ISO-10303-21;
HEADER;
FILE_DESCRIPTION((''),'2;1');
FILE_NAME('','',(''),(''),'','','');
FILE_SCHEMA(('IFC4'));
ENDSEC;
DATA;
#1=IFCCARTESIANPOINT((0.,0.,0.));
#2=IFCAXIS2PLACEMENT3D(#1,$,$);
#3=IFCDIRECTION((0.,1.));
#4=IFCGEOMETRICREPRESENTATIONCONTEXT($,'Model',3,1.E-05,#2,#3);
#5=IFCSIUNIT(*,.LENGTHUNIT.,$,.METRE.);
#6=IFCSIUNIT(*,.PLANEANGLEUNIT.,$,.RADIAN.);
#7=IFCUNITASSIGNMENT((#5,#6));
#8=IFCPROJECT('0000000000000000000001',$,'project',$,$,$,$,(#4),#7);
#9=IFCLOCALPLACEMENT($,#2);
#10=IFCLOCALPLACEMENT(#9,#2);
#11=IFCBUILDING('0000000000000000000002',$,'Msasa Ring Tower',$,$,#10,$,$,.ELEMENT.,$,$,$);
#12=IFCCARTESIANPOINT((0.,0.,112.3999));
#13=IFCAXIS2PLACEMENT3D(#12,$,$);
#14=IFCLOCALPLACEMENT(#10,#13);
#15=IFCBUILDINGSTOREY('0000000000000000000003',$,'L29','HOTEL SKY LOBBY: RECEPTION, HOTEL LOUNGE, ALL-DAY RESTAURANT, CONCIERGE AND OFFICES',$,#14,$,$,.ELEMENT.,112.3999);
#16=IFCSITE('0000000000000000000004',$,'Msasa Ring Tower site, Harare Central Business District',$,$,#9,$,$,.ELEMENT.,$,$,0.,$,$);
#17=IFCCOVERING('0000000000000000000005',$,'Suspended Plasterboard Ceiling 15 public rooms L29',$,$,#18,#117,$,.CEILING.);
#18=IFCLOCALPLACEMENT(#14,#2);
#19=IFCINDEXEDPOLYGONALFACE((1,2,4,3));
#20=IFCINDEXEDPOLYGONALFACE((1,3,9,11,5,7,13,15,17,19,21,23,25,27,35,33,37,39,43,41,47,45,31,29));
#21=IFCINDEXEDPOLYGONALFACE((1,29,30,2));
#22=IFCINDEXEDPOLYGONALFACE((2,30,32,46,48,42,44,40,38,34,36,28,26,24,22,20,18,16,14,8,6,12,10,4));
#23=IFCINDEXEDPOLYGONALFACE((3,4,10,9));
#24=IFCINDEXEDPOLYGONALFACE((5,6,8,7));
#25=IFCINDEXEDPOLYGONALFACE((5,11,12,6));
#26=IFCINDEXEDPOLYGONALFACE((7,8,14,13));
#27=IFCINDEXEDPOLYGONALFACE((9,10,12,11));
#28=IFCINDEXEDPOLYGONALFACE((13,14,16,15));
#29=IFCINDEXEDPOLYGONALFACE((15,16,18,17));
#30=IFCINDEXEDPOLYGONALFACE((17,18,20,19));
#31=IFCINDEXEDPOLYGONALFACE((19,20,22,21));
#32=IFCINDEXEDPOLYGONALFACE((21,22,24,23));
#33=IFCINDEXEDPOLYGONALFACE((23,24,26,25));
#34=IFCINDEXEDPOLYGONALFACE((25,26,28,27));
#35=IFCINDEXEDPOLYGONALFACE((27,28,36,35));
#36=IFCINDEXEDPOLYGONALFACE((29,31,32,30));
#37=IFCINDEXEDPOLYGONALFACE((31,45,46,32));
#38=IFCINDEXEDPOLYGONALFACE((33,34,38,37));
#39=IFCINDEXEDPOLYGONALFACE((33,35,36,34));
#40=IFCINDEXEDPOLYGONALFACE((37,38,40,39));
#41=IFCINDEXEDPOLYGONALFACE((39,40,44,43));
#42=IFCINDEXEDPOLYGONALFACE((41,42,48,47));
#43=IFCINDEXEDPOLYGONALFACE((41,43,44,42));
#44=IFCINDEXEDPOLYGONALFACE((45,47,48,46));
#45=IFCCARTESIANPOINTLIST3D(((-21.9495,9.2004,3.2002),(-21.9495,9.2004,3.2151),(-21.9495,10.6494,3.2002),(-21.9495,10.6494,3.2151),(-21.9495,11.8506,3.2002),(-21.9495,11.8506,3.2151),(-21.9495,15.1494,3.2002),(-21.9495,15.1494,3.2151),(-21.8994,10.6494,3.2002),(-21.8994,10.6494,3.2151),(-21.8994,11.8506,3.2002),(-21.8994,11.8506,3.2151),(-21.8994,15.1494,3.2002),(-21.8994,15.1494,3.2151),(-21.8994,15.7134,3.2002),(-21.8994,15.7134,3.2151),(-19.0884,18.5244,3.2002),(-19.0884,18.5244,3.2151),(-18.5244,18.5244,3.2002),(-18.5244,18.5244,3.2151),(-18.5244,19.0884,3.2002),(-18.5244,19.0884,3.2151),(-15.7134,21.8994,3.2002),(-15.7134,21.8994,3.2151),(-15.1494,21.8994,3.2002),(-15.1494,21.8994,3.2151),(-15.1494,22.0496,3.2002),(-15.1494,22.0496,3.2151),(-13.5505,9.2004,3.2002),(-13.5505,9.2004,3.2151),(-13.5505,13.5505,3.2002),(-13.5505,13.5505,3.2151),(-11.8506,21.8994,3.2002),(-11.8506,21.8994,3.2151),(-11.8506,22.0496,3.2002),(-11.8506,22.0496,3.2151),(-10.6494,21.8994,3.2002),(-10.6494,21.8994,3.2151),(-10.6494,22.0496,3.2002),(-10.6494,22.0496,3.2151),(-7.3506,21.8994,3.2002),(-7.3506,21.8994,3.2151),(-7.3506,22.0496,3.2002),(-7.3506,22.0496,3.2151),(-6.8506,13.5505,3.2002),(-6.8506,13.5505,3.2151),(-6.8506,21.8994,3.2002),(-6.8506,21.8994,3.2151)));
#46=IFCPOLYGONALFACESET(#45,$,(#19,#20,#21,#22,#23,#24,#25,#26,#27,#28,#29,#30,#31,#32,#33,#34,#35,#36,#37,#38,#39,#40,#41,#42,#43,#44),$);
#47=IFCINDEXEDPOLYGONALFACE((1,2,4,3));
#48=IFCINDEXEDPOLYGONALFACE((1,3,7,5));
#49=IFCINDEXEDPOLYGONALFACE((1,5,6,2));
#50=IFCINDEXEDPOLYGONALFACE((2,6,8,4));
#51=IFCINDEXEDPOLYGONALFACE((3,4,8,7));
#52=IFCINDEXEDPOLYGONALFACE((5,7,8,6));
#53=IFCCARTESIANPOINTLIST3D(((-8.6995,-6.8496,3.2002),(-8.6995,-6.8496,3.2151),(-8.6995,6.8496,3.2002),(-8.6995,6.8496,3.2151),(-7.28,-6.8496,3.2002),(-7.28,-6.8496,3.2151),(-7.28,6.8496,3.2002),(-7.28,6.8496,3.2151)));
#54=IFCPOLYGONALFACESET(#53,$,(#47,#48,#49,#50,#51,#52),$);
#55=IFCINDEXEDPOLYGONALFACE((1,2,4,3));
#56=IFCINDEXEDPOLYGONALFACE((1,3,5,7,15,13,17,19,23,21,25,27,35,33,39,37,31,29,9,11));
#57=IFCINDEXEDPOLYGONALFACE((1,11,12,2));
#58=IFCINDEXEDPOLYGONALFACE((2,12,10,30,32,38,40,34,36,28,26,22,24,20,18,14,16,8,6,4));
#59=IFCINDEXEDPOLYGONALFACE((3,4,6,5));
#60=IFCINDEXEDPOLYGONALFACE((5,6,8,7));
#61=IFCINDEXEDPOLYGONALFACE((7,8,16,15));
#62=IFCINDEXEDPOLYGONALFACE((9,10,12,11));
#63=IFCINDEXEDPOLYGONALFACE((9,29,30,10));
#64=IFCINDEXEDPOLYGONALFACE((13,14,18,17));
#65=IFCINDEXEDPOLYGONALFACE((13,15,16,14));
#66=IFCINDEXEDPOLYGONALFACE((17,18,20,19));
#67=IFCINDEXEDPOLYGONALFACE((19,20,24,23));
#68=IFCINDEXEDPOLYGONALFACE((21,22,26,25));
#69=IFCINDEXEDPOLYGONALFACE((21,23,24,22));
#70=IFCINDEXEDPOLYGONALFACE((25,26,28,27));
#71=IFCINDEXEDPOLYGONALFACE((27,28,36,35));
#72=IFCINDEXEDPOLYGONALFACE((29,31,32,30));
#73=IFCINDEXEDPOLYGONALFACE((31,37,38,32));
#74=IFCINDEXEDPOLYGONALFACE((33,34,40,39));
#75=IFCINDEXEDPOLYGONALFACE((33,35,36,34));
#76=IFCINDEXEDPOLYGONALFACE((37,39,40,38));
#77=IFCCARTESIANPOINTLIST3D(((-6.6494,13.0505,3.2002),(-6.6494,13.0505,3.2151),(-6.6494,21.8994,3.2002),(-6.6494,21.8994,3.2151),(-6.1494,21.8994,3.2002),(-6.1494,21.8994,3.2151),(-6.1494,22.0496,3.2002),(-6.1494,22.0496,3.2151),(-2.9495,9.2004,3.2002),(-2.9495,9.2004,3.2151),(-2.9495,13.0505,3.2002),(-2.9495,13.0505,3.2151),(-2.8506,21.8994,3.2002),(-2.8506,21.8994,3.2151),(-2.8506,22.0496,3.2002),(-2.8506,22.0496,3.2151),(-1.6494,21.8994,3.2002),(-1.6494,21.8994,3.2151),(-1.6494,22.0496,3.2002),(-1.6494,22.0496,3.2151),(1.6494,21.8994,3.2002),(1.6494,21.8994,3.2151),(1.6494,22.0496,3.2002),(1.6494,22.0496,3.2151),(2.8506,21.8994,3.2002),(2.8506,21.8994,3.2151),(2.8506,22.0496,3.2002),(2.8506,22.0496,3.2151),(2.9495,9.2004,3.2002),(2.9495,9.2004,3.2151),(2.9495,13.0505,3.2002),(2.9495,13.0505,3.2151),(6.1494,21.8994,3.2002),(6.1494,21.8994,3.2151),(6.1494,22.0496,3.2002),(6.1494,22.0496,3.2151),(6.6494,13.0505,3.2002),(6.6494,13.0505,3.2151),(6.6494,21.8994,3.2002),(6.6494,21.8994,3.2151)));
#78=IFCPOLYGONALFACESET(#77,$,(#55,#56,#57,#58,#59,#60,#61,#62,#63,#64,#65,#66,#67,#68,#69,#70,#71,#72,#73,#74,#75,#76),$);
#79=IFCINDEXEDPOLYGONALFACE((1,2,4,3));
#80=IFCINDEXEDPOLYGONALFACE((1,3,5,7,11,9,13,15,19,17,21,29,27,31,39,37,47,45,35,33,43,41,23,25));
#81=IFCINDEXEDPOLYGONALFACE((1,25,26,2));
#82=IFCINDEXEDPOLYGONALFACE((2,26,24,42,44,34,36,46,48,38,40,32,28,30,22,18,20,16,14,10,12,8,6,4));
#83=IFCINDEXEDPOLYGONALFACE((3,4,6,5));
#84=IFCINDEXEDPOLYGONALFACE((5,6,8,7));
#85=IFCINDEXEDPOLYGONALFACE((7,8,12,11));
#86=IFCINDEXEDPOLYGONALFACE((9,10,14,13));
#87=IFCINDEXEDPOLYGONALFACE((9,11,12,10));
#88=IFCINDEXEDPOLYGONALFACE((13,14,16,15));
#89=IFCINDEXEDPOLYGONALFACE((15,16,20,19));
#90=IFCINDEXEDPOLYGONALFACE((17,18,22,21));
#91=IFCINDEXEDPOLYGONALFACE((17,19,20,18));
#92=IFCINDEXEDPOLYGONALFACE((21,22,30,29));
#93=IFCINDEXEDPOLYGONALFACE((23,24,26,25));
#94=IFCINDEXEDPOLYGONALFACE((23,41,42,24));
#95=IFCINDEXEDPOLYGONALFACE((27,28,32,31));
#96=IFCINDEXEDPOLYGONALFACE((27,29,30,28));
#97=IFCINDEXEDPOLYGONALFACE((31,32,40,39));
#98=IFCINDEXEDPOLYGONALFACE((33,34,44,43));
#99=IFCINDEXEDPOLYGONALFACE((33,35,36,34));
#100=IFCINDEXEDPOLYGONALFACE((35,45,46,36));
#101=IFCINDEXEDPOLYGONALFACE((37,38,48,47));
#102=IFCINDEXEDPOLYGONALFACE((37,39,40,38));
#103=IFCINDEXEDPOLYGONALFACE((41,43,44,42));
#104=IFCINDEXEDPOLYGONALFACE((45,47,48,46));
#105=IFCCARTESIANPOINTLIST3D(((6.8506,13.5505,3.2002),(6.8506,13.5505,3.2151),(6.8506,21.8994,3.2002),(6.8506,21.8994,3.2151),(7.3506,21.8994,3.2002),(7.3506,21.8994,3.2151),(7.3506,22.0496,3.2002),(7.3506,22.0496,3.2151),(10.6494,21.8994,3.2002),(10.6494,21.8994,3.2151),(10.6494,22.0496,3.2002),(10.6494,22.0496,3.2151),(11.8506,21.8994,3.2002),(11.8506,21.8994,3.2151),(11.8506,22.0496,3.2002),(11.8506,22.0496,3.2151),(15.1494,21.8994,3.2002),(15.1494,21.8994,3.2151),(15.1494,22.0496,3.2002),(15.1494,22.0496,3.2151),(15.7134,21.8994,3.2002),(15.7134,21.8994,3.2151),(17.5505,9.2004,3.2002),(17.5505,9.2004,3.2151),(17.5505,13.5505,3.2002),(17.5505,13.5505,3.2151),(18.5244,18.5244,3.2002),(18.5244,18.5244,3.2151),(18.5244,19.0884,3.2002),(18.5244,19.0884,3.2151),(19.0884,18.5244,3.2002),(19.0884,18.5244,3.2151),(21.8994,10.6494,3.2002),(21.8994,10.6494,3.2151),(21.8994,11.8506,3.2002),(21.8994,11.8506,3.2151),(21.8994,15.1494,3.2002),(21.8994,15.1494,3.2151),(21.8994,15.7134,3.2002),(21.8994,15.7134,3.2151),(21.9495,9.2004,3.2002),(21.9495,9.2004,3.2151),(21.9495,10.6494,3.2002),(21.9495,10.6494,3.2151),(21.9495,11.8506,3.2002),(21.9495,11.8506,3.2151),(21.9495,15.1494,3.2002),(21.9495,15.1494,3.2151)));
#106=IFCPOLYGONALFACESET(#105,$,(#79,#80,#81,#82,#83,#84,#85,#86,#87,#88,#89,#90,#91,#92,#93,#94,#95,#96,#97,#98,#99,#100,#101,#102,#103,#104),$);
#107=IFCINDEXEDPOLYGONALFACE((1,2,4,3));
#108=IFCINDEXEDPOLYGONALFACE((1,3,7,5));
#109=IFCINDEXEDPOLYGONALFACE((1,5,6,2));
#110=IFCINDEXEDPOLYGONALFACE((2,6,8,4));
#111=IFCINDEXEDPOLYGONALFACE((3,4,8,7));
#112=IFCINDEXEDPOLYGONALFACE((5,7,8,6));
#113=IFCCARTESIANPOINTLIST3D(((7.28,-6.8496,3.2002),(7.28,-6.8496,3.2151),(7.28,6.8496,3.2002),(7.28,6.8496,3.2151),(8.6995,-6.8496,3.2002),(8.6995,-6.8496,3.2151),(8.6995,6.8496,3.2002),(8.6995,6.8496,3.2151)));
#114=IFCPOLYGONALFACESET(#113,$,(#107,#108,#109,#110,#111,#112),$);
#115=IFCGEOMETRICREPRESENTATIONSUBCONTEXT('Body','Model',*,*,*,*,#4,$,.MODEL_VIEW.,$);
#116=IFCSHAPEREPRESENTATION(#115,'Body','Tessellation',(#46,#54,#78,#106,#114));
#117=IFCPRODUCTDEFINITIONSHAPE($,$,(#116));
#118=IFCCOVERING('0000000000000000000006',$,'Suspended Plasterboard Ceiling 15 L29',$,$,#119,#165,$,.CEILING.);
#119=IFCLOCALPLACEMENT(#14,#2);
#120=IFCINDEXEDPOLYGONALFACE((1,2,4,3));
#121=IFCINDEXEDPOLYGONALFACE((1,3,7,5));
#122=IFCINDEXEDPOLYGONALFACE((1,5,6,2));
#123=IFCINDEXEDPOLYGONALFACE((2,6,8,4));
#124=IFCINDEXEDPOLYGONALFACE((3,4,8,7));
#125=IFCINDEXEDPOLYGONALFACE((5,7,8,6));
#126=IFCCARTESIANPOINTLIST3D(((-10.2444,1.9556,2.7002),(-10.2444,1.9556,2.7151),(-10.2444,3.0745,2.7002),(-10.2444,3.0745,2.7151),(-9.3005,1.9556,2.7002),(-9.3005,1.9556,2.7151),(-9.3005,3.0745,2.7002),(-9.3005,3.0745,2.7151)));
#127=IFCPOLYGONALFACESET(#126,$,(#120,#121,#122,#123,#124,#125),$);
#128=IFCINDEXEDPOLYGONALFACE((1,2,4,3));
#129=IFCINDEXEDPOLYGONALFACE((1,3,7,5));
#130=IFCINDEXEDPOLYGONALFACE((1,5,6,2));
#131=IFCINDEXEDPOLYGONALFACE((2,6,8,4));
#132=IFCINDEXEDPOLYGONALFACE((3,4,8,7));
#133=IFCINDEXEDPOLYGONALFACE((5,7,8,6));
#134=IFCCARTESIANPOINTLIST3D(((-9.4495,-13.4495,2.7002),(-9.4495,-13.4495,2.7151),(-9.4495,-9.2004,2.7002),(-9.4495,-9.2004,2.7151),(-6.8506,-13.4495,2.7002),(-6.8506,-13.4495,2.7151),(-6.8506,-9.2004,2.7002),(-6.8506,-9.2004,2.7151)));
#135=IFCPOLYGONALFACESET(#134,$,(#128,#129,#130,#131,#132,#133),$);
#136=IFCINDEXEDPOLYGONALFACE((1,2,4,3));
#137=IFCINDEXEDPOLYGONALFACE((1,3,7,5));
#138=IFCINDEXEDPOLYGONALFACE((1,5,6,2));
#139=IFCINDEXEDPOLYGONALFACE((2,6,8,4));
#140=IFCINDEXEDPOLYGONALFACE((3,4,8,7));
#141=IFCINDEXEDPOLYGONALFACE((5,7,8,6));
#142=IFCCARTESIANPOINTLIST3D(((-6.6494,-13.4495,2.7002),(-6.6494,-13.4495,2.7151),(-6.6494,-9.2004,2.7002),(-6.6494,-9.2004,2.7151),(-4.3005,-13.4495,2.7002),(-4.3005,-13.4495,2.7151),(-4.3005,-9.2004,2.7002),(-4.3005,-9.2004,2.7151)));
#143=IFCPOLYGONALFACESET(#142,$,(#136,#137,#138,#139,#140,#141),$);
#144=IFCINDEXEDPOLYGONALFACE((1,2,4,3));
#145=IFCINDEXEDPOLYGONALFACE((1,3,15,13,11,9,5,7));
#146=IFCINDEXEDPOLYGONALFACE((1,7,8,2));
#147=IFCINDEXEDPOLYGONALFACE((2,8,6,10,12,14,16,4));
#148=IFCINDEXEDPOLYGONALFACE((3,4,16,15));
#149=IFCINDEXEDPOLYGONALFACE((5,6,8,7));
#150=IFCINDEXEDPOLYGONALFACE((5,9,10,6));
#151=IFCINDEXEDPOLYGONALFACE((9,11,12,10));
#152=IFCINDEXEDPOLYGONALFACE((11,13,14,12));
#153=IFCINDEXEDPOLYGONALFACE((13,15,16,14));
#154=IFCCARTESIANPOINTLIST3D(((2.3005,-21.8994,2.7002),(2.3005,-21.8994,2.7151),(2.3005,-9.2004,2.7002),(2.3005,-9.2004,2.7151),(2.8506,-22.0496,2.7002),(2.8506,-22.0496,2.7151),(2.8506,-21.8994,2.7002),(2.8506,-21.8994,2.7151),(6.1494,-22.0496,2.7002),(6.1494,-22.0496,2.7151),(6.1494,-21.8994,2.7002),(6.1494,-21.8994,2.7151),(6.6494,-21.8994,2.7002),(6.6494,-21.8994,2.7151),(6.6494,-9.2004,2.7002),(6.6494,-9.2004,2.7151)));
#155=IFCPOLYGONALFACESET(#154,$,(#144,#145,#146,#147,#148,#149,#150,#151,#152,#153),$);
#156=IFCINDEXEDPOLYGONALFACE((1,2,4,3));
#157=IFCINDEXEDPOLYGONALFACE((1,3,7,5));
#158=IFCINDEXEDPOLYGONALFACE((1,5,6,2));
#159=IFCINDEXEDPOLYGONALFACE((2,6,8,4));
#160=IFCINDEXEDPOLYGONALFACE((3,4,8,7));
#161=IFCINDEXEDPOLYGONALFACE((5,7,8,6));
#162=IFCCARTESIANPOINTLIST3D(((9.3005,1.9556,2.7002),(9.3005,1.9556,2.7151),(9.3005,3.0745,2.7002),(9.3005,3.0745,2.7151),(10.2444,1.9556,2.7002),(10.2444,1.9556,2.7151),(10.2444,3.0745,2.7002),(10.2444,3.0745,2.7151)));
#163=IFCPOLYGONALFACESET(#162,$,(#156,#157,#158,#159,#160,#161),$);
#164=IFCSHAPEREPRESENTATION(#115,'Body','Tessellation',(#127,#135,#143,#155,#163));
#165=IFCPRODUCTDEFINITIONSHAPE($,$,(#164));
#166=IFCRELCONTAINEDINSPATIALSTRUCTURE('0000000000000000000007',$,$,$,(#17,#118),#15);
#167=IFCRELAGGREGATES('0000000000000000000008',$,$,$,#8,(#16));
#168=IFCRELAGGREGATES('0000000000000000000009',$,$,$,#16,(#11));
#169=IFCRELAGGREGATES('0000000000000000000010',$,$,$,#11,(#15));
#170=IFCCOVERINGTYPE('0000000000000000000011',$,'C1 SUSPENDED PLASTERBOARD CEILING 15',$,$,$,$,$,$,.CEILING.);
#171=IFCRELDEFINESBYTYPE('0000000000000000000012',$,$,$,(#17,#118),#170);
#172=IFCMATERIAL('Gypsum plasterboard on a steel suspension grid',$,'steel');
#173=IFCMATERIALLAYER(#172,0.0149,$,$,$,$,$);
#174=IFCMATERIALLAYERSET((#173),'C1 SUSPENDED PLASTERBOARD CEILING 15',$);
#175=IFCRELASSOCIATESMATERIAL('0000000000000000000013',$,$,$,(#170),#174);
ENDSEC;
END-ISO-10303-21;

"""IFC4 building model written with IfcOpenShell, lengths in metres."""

from ifc_helpers import new_model, si_unit, direction, frame, origin, place, context, subcontext, project, spatial, line, indexed_curve, outline, extrude, material, layer, layer_set, type_object, element, save


model = new_model("IFC4")

# Units and contexts
model_context = context("Model", 3, precision=1e-05, world=origin(), true_north=direction((0.0, 1.0)))
body_context = subcontext(model_context, "Body", "Model", "MODEL_VIEW")
ifc_project = project(units=[si_unit("LENGTHUNIT", "METRE"), si_unit("PLANEANGLEUNIT", "RADIAN")], contexts=[model_context])

# Site, building, storey
site_placement = place(None, origin())
site = spatial("IfcSite", under=ifc_project, at=site_placement, Name="Msasa Ring Tower site, Harare Central Business District", CompositionType="ELEMENT", RefElevation=0.0)
building_placement = place(site_placement, origin())
building = spatial("IfcBuilding", under=site, at=building_placement, Name="Msasa Ring Tower", CompositionType="ELEMENT")
storey_placement = place(building_placement, frame((0.0, 0.0, 112.3999)))
storey = spatial("IfcBuildingStorey", under=building, at=storey_placement, Name="L29", Description="HOTEL SKY LOBBY: RECEPTION, HOTEL LOUNGE, ALL-DAY RESTAURANT, CONCIERGE AND OFFICES", CompositionType="ELEMENT", Elevation=112.3999)

# Coverings
ifc_material_1 = material(Name="Gypsum plasterboard on a steel suspension grid", Category="steel")
ifc_layer_1 = layer(ifc_material_1, 0.0149)
ifc_layer_set_1 = layer_set([ifc_layer_1], Name="C1 SUSPENDED PLASTERBOARD CEILING 15")
covering_type_1 = type_object("IfcCoveringType", Name="C1 SUSPENDED PLASTERBOARD CEILING 15", PredefinedType="CEILING", material=ifc_layer_set_1)
covering_1_placement = place(storey_placement, frame((0.0, 0.0, 3.2002)))
element("IfcCovering", 1, at=covering_1_placement, inside=storey, type_object=covering_type_1, Name="Suspended Plasterboard Ceiling 15 public rooms L29", PredefinedType="CEILING", context=body_context, shape_type="SweptSolid", body=[
    extrude(outline(indexed_curve([(-13.5505, 13.5505), (-13.5505, 9.2004), (-21.9495, 9.2004), (-21.9495, 10.6494), (-21.8994, 10.6494), (-21.8994, 11.8506), (-21.9495, 11.8506), (-21.9495, 15.1494), (-21.8994, 15.1494), (-21.8994, 15.7134), (-19.0884, 18.5244), (-18.5244, 18.5244), (-18.5244, 19.0884), (-15.7134, 21.8994), (-15.1494, 21.8994), (-15.1494, 22.0496), (-11.8506, 22.0496), (-11.8506, 21.8994), (-10.6494, 21.8994), (-10.6494, 22.0496), (-7.3506, 22.0496), (-7.3506, 21.8994), (-6.8506, 21.8994), (-6.8506, 13.5505)], segments=[line(1, 2, 3, 4, 5, 6, 7, 8, 9, 10, 11, 12, 13, 14, 15, 16, 17, 18, 19, 20, 21, 22, 23, 24, 1)], self_intersect=False)), origin(), (0.0, 0.0, 1.0), 0.0149),
    extrude(outline(indexed_curve([(-8.6995, -6.8496), (-8.6995, 6.8496), (-7.28, 6.8496), (-7.28, -6.8496)], segments=[line(1, 2, 3, 4, 1)], self_intersect=False)), origin(), (0.0, 0.0, 1.0), 0.0149),
    extrude(outline(indexed_curve([(-2.9495, 9.2004), (-2.9495, 13.0505), (-6.6494, 13.0505), (-6.6494, 21.8994), (-6.1494, 21.8994), (-6.1494, 22.0496), (-2.8506, 22.0496), (-2.8506, 21.8994), (-1.6494, 21.8994), (-1.6494, 22.0496), (1.6494, 22.0496), (1.6494, 21.8994), (2.8506, 21.8994), (2.8506, 22.0496), (6.1494, 22.0496), (6.1494, 21.8994), (6.6494, 21.8994), (6.6494, 13.0505), (2.9495, 13.0505), (2.9495, 9.2004)], segments=[line(1, 2, 3, 4, 5, 6, 7, 8, 9, 10, 11, 12, 13, 14, 15, 16, 17, 18, 19, 20, 1)], self_intersect=False)), origin(), (0.0, 0.0, 1.0), 0.0149),
    extrude(outline(indexed_curve([(10.6494, 22.0496), (10.6494, 21.8994), (11.8506, 21.8994), (11.8506, 22.0496), (15.1494, 22.0496), (15.1494, 21.8994), (15.7134, 21.8994), (18.5244, 19.0884), (18.5244, 18.5244), (19.0884, 18.5244), (21.8994, 15.7134), (21.8994, 15.1494), (21.9495, 15.1494), (21.9495, 11.8506), (21.8994, 11.8506), (21.8994, 10.6494), (21.9495, 10.6494), (21.9495, 9.2004), (17.5505, 9.2004), (17.5505, 13.5505), (6.8506, 13.5505), (6.8506, 21.8994), (7.3506, 21.8994), (7.3506, 22.0496)], segments=[line(1, 2, 3, 4, 5, 6, 7, 8, 9, 10, 11, 12, 13, 14, 15, 16, 17, 18, 19, 20, 21, 22, 23, 24, 1)], self_intersect=False)), origin(), (0.0, 0.0, 1.0), 0.0149),
    extrude(outline(indexed_curve([(8.6995, -6.8496), (7.28, -6.8496), (7.28, 6.8496), (8.6995, 6.8496)], segments=[line(1, 2, 3, 4, 1)], self_intersect=False)), origin(), (0.0, 0.0, 1.0), 0.0149),
])
covering_2_placement = place(storey_placement, frame((0.0, 0.0, 2.7002)))
element("IfcCovering", 2, at=covering_2_placement, inside=storey, type_object=covering_type_1, Name="Suspended Plasterboard Ceiling 15 L29", PredefinedType="CEILING", context=body_context, shape_type="SweptSolid", body=[
    extrude(outline(indexed_curve([(-10.2444, 1.9556), (-10.2444, 3.0745), (-9.3005, 3.0745), (-9.3005, 1.9556)], segments=[line(1, 2, 3, 4, 1)], self_intersect=False)), origin(), (0.0, 0.0, 1.0), 0.0149),
    extrude(outline(indexed_curve([(-9.4495, -13.4495), (-9.4495, -9.2004), (-6.8506, -9.2004), (-6.8506, -13.4495)], segments=[line(1, 2, 3, 4, 1)], self_intersect=False)), origin(), (0.0, 0.0, 1.0), 0.0149),
    extrude(outline(indexed_curve([(-6.6494, -13.4495), (-6.6494, -9.2004), (-4.3005, -9.2004), (-4.3005, -13.4495)], segments=[line(1, 2, 3, 4, 1)], self_intersect=False)), origin(), (0.0, 0.0, 1.0), 0.0149),
    extrude(outline(indexed_curve([(2.8506, -22.0496), (2.8506, -21.8994), (2.3005, -21.8994), (2.3005, -9.2004), (6.6494, -9.2004), (6.6494, -21.8994), (6.1494, -21.8994), (6.1494, -22.0496)], segments=[line(1, 2, 3, 4, 5, 6, 7, 8, 1)], self_intersect=False)), origin(), (0.0, 0.0, 1.0), 0.0149),
    extrude(outline(indexed_curve([(9.3005, 1.9556), (9.3005, 3.0745), (10.2444, 3.0745), (10.2444, 1.9556)], segments=[line(1, 2, 3, 4, 1)], self_intersect=False)), origin(), (0.0, 0.0, 1.0), 0.0149),
])

save(model, "model.ifc")
